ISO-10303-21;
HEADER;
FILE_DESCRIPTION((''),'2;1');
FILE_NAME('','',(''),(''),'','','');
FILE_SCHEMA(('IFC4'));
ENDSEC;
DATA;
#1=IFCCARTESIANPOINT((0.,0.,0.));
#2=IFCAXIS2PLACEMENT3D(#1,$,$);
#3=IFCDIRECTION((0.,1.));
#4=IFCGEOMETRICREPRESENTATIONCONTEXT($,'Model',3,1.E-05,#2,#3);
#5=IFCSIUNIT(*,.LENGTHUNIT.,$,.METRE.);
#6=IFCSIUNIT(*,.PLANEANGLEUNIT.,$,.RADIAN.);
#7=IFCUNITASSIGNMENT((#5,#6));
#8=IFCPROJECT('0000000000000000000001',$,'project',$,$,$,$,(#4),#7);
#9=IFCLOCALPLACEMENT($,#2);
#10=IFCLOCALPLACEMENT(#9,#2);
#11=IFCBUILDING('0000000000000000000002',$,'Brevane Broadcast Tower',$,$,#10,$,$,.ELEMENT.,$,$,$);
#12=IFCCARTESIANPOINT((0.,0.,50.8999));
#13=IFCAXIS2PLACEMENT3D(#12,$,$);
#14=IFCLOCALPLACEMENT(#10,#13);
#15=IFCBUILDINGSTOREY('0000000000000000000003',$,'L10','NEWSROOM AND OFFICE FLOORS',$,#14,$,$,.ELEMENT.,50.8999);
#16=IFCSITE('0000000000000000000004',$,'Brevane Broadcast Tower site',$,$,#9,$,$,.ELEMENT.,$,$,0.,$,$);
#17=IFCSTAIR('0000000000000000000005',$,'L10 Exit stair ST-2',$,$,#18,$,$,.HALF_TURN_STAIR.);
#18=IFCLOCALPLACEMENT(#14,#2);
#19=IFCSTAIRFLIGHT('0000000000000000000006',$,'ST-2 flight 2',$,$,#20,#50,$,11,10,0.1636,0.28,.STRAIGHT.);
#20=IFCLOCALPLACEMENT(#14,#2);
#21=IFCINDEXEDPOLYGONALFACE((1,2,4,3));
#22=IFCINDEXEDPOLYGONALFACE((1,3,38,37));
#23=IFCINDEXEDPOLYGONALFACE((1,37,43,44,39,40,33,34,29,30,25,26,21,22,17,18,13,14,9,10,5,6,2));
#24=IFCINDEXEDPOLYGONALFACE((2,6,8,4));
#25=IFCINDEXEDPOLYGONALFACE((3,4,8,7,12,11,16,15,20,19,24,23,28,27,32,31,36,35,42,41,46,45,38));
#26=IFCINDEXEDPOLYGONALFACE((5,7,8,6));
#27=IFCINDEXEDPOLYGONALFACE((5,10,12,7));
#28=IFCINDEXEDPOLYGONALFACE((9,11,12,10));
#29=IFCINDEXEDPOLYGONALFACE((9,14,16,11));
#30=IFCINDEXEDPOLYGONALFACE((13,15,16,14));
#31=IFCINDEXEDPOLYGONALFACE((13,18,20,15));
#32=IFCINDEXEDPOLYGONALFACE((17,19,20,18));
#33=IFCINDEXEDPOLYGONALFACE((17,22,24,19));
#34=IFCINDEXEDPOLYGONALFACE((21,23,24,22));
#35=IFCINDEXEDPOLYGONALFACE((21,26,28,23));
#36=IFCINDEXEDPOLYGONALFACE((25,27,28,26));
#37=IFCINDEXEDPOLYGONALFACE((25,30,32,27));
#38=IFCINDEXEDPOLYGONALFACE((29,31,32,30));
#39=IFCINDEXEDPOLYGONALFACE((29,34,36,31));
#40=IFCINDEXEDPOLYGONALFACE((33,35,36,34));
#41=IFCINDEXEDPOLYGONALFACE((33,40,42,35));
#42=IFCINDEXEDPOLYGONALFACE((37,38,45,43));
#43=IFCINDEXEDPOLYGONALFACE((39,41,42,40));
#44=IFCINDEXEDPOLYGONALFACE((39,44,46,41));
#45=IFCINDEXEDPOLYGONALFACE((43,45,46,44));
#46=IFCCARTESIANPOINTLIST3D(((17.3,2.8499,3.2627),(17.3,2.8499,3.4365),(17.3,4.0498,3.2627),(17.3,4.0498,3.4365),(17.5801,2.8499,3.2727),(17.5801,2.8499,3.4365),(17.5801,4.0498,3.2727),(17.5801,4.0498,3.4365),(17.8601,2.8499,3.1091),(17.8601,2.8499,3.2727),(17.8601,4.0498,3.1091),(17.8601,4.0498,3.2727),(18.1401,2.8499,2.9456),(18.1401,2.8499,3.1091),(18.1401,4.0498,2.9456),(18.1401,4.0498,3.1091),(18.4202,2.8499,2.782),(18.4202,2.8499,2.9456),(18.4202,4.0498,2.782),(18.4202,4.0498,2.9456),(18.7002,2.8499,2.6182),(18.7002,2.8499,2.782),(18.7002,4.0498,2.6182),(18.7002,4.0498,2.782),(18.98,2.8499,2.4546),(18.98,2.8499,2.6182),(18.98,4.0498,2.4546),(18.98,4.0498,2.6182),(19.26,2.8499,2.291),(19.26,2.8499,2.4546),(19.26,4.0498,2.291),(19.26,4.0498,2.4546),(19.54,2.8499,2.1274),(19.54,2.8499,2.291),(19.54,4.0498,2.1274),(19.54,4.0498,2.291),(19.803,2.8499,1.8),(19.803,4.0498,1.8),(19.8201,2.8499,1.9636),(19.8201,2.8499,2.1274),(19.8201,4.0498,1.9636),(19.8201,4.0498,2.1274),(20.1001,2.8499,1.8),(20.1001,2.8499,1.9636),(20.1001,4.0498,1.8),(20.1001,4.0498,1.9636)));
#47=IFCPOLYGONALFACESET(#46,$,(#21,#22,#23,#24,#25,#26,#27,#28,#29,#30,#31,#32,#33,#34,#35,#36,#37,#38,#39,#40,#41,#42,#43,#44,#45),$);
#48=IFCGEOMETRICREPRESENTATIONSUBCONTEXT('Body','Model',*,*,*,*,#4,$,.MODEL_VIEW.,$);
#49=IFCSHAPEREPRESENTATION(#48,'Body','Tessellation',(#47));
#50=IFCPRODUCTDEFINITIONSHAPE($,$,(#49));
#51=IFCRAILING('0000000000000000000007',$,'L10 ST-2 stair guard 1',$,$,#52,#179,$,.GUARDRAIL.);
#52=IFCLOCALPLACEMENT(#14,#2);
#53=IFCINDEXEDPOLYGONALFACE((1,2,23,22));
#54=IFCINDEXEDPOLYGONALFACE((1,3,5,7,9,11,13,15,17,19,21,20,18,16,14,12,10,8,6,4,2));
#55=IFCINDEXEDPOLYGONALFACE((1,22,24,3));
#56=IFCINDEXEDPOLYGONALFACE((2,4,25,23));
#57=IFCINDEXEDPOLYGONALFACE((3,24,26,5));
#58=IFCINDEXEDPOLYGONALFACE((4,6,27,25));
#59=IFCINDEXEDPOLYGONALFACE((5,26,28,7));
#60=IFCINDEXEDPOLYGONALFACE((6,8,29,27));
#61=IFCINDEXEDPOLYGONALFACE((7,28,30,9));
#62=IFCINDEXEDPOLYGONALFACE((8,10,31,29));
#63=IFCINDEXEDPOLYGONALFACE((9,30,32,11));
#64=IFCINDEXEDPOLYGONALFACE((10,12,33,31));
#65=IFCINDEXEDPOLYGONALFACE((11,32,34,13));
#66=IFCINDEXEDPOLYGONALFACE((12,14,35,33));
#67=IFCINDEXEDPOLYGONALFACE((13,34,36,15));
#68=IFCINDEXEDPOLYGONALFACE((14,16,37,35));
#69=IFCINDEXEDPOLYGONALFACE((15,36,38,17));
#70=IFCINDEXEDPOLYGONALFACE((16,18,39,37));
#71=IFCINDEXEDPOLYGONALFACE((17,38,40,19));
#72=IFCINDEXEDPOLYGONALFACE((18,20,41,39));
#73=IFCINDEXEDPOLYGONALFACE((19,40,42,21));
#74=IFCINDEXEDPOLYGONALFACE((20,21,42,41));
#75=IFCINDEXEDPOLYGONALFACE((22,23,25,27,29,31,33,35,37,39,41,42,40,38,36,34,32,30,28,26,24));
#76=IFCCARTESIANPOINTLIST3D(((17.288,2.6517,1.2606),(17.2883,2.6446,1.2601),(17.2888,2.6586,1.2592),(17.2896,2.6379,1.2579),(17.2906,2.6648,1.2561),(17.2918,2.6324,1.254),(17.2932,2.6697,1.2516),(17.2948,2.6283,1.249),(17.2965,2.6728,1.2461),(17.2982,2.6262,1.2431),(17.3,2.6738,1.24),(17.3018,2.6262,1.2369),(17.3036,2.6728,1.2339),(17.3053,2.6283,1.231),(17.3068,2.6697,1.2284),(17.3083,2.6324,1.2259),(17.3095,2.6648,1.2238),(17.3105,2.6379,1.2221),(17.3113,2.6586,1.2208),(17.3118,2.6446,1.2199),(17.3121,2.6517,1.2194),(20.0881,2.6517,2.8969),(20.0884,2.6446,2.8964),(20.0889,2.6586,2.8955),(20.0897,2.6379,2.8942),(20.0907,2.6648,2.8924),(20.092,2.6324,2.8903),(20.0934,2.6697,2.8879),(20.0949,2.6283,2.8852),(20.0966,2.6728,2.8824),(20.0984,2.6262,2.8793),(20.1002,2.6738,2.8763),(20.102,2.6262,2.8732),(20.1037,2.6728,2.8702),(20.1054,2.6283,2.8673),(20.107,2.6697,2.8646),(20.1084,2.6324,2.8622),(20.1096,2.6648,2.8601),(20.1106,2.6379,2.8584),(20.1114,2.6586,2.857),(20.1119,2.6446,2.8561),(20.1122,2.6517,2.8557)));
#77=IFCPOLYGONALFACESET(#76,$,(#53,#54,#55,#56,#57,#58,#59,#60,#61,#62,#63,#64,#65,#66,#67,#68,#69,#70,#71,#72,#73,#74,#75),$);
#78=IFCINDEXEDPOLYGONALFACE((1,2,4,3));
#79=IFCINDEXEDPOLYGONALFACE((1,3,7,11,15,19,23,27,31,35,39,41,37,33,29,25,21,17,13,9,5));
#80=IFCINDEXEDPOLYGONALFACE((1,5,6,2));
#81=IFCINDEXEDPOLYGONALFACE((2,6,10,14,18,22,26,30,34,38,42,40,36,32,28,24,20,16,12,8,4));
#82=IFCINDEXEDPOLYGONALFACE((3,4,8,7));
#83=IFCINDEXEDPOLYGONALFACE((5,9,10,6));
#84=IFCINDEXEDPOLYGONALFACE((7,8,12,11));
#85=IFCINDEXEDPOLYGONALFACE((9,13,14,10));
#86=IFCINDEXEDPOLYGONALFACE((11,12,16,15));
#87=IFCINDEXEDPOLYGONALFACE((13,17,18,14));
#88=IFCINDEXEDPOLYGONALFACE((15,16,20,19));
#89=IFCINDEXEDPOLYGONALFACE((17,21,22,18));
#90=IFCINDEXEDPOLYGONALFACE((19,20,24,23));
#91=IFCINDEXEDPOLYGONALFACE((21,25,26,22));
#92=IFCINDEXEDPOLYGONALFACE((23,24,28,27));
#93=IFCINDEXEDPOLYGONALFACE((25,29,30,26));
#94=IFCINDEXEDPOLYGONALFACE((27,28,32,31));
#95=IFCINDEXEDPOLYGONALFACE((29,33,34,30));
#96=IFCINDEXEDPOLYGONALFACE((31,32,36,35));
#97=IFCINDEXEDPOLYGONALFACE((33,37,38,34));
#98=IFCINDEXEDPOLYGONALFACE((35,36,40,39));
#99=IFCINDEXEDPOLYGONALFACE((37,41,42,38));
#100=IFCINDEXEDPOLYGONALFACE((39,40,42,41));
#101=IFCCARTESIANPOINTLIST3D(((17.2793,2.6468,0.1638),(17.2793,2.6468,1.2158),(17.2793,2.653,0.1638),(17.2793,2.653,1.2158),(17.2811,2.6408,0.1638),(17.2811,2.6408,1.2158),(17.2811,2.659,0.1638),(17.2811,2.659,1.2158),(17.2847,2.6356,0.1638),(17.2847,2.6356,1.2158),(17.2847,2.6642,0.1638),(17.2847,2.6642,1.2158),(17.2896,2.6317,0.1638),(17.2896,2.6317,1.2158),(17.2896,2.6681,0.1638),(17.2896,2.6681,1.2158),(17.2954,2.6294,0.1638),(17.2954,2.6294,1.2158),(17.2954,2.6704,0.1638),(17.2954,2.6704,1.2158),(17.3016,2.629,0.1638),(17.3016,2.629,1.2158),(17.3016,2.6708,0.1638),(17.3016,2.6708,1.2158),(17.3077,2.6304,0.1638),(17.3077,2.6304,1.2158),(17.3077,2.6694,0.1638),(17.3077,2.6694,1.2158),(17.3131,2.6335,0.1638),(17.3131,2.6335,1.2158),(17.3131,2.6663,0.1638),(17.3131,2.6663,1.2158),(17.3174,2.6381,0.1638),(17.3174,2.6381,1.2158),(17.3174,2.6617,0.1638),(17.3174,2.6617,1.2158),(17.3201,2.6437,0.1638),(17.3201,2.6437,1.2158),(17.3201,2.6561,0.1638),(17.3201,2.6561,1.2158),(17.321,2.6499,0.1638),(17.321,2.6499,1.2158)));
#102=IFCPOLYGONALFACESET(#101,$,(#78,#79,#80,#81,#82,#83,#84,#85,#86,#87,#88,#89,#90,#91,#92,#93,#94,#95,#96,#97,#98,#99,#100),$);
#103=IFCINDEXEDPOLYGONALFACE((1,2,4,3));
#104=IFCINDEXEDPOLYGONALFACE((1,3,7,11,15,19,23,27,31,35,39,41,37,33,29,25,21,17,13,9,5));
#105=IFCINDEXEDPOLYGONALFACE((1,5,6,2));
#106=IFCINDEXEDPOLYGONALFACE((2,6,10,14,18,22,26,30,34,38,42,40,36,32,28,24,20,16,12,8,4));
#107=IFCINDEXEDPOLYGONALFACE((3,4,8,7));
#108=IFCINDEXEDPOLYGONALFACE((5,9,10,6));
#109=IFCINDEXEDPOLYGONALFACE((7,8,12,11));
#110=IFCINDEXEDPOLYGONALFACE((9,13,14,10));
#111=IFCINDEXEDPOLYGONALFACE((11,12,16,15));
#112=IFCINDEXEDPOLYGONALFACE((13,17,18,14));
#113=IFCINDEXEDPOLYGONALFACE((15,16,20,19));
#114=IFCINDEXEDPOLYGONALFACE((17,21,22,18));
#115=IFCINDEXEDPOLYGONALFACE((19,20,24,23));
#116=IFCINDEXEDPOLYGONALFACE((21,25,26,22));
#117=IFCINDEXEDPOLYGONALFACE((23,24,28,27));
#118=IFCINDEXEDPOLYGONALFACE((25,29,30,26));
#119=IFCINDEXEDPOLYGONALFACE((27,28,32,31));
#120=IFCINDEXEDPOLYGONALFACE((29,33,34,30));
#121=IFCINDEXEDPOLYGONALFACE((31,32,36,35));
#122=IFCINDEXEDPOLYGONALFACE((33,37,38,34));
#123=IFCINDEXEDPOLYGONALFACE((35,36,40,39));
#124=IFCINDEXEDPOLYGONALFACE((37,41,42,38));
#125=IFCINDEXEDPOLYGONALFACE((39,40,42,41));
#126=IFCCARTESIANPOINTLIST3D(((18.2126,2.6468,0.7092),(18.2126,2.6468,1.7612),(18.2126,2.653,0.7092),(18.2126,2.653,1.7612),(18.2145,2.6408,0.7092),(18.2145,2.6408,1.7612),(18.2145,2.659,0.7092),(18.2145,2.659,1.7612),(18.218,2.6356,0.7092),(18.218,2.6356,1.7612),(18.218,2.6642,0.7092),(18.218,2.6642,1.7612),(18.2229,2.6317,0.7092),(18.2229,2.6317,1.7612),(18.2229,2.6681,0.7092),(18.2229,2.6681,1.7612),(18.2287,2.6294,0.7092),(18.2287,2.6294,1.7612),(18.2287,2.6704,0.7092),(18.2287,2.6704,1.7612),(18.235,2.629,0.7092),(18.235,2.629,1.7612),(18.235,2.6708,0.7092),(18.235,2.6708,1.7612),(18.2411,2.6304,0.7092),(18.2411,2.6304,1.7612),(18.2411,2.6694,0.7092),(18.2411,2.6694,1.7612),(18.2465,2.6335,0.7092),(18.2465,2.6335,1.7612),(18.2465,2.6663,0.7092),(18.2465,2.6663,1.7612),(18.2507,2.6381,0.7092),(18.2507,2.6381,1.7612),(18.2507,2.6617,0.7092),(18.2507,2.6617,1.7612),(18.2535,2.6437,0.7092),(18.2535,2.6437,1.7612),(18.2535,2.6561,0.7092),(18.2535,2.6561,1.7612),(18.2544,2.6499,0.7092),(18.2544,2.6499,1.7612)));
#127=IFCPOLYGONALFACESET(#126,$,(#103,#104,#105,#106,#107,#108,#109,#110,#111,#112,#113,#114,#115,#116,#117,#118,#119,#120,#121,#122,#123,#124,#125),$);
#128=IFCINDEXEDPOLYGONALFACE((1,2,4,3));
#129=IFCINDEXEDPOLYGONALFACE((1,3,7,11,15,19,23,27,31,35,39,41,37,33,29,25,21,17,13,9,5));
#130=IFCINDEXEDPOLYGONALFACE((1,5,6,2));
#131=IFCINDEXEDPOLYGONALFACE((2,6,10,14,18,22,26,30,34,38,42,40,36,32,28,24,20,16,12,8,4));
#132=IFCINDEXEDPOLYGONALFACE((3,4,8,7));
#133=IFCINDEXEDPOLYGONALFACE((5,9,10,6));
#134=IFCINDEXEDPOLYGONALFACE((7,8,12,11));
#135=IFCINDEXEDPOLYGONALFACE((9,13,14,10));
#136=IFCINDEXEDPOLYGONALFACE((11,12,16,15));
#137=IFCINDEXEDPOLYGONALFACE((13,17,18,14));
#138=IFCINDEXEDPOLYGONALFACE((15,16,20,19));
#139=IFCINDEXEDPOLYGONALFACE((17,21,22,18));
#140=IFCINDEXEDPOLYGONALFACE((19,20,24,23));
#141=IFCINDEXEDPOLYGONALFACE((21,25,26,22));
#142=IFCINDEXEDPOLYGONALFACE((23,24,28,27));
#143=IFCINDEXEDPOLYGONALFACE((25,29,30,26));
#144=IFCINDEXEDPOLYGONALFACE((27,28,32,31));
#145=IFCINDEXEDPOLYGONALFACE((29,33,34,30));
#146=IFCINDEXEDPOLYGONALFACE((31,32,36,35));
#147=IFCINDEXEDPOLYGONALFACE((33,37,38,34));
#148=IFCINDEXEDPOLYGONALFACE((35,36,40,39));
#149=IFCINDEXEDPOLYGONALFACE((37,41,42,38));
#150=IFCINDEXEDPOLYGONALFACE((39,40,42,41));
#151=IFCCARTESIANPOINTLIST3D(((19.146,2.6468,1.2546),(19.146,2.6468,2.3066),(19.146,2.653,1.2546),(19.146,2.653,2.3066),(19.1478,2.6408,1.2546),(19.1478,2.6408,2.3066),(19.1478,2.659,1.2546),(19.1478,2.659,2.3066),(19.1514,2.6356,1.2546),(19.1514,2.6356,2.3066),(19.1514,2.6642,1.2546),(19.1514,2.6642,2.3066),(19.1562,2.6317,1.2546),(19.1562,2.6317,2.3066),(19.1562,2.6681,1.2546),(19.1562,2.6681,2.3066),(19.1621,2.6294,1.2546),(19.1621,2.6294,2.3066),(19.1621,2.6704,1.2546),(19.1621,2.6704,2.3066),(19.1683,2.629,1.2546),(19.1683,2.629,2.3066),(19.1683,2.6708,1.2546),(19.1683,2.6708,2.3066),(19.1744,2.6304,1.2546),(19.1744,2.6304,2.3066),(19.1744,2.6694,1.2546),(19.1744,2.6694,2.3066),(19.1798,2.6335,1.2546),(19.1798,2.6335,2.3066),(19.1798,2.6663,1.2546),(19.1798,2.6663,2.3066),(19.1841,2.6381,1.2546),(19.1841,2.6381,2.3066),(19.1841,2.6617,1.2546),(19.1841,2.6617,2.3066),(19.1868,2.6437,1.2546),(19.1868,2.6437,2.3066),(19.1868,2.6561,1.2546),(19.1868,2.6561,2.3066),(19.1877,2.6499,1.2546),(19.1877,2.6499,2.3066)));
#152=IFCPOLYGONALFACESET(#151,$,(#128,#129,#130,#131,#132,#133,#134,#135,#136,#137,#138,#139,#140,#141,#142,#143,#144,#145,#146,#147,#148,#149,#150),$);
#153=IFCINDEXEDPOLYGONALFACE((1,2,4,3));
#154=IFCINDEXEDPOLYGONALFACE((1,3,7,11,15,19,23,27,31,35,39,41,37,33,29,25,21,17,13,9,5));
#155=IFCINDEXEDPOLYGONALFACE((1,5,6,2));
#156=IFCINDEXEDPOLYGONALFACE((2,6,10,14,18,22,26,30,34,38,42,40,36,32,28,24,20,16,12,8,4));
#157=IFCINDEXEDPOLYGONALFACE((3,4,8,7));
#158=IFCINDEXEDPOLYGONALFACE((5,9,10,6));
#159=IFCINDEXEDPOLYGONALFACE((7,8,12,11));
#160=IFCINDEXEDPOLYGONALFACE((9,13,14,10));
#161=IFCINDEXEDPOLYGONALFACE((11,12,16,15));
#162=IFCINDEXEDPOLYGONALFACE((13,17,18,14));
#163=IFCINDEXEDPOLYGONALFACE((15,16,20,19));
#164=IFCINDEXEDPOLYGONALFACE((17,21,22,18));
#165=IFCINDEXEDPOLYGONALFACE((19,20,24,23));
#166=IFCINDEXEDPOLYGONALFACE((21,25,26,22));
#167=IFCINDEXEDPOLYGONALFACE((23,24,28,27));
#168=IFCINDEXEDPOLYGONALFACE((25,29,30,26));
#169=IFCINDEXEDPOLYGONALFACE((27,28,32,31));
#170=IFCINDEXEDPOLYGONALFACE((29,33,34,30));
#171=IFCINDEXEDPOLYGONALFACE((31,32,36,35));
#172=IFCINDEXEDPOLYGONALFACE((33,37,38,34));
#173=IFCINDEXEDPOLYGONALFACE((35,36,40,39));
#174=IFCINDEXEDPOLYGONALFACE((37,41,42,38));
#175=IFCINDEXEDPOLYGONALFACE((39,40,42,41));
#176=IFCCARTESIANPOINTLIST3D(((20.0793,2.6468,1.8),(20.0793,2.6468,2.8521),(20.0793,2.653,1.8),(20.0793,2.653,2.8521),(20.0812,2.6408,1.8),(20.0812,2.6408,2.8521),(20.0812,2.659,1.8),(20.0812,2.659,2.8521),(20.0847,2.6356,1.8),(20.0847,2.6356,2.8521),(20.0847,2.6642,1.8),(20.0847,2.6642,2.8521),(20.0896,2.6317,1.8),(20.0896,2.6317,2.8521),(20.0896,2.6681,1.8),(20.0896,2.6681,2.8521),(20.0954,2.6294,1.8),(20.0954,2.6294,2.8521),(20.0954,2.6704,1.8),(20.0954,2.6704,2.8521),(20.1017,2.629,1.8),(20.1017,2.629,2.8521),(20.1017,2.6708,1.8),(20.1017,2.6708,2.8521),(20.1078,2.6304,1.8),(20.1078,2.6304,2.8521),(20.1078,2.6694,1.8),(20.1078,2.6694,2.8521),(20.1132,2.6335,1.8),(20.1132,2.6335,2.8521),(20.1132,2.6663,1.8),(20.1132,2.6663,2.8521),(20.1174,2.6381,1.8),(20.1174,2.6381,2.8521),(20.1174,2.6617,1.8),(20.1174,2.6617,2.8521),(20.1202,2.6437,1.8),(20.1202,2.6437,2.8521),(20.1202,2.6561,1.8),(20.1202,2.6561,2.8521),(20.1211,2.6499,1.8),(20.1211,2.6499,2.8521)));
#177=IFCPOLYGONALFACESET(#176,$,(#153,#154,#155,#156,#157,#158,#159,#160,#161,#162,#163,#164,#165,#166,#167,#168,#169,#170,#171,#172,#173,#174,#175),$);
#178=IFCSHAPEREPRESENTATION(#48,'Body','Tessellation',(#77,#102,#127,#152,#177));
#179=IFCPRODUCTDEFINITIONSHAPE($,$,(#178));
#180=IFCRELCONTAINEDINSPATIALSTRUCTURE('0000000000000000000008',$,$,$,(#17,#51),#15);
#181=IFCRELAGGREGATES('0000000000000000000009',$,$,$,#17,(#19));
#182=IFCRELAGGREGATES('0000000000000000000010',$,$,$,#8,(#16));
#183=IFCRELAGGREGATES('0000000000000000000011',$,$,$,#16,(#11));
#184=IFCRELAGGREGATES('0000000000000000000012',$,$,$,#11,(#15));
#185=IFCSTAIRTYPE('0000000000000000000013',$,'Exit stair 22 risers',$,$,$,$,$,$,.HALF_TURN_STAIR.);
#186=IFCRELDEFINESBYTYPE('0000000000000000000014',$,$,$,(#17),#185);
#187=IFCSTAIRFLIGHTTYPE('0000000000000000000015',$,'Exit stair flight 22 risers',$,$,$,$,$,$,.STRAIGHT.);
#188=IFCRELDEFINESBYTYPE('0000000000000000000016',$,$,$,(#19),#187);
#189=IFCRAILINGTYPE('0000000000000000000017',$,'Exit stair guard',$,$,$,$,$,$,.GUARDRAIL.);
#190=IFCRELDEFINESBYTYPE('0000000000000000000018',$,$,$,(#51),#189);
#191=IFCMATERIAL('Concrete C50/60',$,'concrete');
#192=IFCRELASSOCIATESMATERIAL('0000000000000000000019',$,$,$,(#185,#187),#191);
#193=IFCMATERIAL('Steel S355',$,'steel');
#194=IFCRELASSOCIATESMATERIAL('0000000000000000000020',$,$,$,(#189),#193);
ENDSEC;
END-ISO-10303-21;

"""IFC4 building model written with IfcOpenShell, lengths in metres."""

from ifc_helpers import new_model, si_unit, direction, frame, origin, origin_2d, place, context, subcontext, project, spatial, polyline, circle, outline, extrude, material, type_object, element, aggregate, save


model = new_model("IFC4")

# Units and contexts
model_context = context("Model", 3, precision=1e-05, world=origin(), true_north=direction((0.0, 1.0)))
body_context = subcontext(model_context, "Body", "Model", "MODEL_VIEW")
ifc_project = project(units=[si_unit("LENGTHUNIT", "METRE"), si_unit("PLANEANGLEUNIT", "RADIAN")], contexts=[model_context])

# Site, building, storey
site_placement = place(None, origin())
site = spatial("IfcSite", under=ifc_project, at=site_placement, Name="Brevane Broadcast Tower site", CompositionType="ELEMENT", RefElevation=0.0)
building_placement = place(site_placement, origin())
building = spatial("IfcBuilding", under=site, at=building_placement, Name="Brevane Broadcast Tower", CompositionType="ELEMENT")
storey_placement = place(building_placement, frame((0.0, 0.0, 50.8999)))
storey = spatial("IfcBuildingStorey", under=building, at=storey_placement, Name="L10", Description="NEWSROOM AND OFFICE FLOORS", CompositionType="ELEMENT", Elevation=50.8999)

# Stair, stair flight
ifc_material_1 = material(Name="Concrete C50/60", Category="concrete")
stair_type = type_object("IfcStairType", Name="Exit stair 22 risers", PredefinedType="HALF_TURN_STAIR", material=ifc_material_1)
stair_placement = place(storey_placement, origin())
stair = element("IfcStair", 1, at=stair_placement, inside=storey, type_object=stair_type, Name="L10 Exit stair ST-2", PredefinedType="HALF_TURN_STAIR")
stair_flight_type = type_object("IfcStairFlightType", Name="Exit stair flight 22 risers", PredefinedType="STRAIGHT", material=ifc_material_1)
stair_flight_1_placement = place(storey_placement, frame((20.1001, 3.45, 1.8), z_axis=(0.0, 0.0, 1.0), x_axis=(-1.0, 0.0, 0.0)))
stair_flight_1 = element("IfcStairFlight", 2, at=stair_flight_1_placement, type_object=stair_flight_type, Name="ST-2 flight 2", NumberOfRisers=11, NumberOfTreads=10, PredefinedType="STRAIGHT", RiserHeight=0.1636, TreadLength=0.28, context=body_context, shape_type="SweptSolid", body=[
    extrude(outline(polyline([(0.0, 0.0), (0.0, 0.1636), (0.28, 0.1636), (0.28, 0.3274), (0.5601, 0.3274), (0.5601, 0.491), (0.8401, 0.491), (0.8401, 0.6545), (1.1201, 0.6545), (1.1201, 0.8181), (1.3999, 0.8181), (1.3999, 0.9819), (1.6799, 0.9819), (1.6799, 1.1455), (1.96, 1.1455), (1.96, 1.3091), (2.24, 1.3091), (2.24, 1.4727), (2.52, 1.4727), (2.52, 1.6365), (2.8, 1.6365), (2.8, 1.8), (2.8, 1.4626), (0.2971, 0.0), (0.0, 0.0)])), frame((0.0, 0.6001, 0.0), z_axis=(0.0, -1.0, 0.0), x_axis=(1.0, 0.0, 0.0)), (0.0, 0.0, 1.0), 1.2),
])
aggregate(stair, [stair_flight_1])

# Railing
ifc_material_2 = material(Name="Steel S355", Category="steel")
railing_type_1 = type_object("IfcRailingType", Name="Exit stair guard", PredefinedType="GUARDRAIL", material=ifc_material_2)
railing_1_placement = place(storey_placement, frame((17.3, 2.6499, 0.1638)))
element("IfcRailing", 3, at=railing_1_placement, inside=storey, type_object=railing_type_1, Name="L10 ST-2 stair guard 1", PredefinedType="GUARDRAIL", context=body_context, shape_type="SweptSolid", body=[
    extrude(circle(Radius=0.0239, at=origin_2d()), frame((0.0, 0.0, 1.0762), z_axis=(0.863394, 0.0, 0.504531), x_axis=(0.0, 1.0, 0.0)), (0.0, 0.0, 1.0), 3.2432),
    extrude(circle(Radius=0.021, at=origin_2d()), origin(), (0.0, 0.0, 1.0), 1.052),
    extrude(circle(Radius=0.021, at=origin_2d()), frame((0.9333, 0.0, 0.5454)), (0.0, 0.0, 1.0), 1.052),
    extrude(circle(Radius=0.021, at=origin_2d()), frame((1.8667, 0.0, 1.0908)), (0.0, 0.0, 1.0), 1.052),
    extrude(circle(Radius=0.021, at=origin_2d()), frame((2.8, 0.0, 1.6362)), (0.0, 0.0, 1.0), 1.052),
])

save(model, "model.ifc")
